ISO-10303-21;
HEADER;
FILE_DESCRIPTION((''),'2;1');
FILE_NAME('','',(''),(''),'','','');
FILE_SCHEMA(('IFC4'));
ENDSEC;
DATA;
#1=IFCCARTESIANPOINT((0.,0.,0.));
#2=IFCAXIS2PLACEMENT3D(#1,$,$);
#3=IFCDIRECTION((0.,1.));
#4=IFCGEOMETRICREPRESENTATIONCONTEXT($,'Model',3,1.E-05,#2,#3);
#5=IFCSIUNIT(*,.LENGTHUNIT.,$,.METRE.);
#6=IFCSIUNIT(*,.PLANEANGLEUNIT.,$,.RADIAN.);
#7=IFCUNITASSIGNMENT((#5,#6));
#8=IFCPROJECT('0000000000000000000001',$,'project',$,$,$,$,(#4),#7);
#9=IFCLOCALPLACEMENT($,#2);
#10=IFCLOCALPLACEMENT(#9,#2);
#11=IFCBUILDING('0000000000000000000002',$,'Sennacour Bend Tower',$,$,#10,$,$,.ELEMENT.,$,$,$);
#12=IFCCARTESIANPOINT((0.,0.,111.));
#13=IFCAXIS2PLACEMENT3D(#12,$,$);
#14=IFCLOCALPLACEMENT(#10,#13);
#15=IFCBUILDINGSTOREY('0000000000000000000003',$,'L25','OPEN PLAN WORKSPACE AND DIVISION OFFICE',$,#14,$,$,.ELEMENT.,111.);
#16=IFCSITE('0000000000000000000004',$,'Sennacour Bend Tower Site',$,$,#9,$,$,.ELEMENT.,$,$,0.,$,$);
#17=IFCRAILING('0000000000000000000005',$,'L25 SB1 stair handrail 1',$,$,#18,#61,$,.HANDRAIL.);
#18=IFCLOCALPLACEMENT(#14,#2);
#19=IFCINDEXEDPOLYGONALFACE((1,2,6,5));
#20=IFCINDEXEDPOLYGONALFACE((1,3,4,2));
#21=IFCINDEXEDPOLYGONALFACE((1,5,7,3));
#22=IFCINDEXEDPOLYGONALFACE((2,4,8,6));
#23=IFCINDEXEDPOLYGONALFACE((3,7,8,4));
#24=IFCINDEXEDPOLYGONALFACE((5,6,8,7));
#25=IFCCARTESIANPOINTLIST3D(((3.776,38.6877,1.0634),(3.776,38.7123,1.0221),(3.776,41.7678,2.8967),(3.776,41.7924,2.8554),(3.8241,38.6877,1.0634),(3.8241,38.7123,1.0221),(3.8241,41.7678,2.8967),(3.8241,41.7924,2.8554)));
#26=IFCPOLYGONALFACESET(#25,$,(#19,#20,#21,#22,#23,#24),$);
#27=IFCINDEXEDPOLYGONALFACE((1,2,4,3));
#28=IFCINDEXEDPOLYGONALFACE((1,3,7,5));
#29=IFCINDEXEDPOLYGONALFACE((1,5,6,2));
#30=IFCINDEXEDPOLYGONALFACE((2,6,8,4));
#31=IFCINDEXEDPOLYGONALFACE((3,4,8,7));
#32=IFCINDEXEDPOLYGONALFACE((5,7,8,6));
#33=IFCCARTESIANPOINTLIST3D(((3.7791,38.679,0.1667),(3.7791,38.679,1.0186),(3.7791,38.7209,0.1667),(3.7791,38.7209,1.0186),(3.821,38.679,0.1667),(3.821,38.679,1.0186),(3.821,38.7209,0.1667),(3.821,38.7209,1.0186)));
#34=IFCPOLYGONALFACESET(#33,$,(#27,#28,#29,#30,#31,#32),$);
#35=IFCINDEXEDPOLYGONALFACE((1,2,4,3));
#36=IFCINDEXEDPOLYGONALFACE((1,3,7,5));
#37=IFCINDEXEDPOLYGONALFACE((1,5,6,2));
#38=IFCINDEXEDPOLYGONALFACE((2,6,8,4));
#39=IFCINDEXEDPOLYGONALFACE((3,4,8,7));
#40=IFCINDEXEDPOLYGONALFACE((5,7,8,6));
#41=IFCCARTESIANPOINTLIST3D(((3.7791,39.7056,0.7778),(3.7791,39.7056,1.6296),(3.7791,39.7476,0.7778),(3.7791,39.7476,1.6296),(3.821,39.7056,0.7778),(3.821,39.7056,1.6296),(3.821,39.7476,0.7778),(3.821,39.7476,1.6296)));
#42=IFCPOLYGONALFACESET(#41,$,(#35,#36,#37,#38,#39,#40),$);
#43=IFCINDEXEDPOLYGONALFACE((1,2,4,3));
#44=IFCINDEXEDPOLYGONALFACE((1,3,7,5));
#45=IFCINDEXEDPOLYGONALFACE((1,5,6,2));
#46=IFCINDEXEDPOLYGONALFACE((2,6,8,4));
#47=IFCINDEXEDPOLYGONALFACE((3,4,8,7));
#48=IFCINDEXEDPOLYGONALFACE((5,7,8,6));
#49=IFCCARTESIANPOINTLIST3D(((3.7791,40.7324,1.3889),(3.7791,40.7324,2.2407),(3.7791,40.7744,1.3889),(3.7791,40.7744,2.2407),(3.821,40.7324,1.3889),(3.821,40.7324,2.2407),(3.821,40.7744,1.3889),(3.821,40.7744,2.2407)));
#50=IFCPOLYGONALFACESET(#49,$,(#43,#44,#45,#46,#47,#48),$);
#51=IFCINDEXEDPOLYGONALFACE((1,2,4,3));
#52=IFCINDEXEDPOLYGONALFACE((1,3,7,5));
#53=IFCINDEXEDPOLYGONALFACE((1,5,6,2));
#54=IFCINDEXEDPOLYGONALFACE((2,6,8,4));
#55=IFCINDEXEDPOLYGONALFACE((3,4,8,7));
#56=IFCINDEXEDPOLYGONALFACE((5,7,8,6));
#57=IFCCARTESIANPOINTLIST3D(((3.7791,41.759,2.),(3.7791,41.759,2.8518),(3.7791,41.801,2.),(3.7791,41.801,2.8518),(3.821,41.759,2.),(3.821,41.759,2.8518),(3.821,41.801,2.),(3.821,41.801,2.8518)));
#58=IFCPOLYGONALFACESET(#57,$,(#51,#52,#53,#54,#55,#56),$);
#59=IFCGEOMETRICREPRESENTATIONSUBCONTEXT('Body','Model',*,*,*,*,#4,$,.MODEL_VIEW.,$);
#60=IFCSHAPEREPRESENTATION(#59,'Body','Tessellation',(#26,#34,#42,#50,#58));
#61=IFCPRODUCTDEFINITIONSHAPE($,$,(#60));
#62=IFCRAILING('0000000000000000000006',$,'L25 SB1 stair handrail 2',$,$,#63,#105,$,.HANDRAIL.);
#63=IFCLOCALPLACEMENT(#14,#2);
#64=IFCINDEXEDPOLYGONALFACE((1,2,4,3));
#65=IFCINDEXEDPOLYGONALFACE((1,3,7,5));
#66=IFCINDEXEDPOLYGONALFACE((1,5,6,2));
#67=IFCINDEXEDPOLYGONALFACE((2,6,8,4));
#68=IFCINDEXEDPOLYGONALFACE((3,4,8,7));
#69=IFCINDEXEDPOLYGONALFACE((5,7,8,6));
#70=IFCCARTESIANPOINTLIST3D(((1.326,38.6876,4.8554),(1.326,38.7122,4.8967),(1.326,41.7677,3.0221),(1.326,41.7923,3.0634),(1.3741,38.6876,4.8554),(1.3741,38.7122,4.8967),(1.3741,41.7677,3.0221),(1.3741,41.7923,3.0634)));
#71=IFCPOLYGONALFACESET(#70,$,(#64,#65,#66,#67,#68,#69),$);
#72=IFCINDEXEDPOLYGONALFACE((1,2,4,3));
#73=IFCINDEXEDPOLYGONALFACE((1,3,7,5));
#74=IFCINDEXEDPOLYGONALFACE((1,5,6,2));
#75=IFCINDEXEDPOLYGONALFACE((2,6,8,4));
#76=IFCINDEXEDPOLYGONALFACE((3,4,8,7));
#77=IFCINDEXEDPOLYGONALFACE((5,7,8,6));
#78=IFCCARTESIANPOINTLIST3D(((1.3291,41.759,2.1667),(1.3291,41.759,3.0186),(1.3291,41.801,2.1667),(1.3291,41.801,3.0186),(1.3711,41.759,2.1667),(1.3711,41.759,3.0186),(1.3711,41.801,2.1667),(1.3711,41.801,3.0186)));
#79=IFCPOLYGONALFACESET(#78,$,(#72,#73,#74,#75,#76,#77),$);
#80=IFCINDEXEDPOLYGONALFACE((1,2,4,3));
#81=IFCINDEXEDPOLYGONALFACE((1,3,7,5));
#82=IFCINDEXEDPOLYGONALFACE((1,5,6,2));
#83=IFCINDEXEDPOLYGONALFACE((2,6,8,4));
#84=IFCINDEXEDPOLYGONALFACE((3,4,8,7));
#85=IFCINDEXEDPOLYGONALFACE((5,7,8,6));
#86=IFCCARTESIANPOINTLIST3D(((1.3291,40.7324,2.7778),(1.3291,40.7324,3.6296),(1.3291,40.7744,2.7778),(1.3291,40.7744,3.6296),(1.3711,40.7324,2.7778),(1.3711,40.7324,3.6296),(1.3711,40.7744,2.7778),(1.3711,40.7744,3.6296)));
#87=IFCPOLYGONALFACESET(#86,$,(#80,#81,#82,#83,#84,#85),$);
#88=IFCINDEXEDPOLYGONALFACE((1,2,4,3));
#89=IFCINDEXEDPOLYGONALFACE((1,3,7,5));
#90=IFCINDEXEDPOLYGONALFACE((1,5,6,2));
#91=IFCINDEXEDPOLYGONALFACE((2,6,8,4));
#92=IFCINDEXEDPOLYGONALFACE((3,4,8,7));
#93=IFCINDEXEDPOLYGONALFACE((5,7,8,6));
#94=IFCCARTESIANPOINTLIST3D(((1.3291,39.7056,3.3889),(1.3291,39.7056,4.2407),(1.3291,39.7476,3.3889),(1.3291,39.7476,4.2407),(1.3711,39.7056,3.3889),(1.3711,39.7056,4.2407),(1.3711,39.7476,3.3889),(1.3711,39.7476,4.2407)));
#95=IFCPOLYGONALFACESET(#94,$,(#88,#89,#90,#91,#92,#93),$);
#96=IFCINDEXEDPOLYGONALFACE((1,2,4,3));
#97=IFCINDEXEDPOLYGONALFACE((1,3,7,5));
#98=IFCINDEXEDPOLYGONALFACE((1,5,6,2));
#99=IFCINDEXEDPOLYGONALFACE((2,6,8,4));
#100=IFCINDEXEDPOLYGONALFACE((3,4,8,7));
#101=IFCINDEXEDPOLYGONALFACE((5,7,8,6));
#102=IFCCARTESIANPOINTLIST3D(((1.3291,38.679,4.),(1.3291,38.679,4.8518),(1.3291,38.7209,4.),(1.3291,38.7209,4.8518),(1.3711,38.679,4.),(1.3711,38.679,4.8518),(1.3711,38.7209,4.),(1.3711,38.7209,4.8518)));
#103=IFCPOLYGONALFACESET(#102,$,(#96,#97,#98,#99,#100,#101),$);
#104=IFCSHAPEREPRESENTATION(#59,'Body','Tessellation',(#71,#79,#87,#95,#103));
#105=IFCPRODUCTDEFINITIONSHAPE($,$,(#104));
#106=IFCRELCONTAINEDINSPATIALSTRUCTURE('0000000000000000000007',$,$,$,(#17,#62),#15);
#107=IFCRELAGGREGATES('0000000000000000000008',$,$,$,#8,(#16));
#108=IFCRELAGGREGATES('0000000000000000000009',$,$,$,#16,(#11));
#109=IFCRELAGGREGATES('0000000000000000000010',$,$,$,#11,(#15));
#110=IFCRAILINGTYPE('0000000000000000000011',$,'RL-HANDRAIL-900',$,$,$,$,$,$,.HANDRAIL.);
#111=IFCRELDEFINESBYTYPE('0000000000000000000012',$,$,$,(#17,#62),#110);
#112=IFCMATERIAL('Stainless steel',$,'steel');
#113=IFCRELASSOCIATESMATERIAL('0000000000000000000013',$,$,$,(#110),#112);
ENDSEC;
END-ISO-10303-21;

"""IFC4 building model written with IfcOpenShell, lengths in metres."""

from ifc_helpers import new_model, si_unit, direction, frame, origin, origin_2d, place, context, subcontext, project, spatial, rectangle, extrude, material, type_object, element, save


model = new_model("IFC4")

# Units and contexts
model_context = context("Model", 3, precision=1e-05, world=origin(), true_north=direction((0.0, 1.0)))
body_context = subcontext(model_context, "Body", "Model", "MODEL_VIEW")
ifc_project = project(units=[si_unit("LENGTHUNIT", "METRE"), si_unit("PLANEANGLEUNIT", "RADIAN")], contexts=[model_context])

# Site, building, storey
site_placement = place(None, origin())
site = spatial("IfcSite", under=ifc_project, at=site_placement, Name="Sennacour Bend Tower Site", CompositionType="ELEMENT", RefElevation=0.0)
building_placement = place(site_placement, origin())
building = spatial("IfcBuilding", under=site, at=building_placement, Name="Sennacour Bend Tower", CompositionType="ELEMENT")
storey_placement = place(building_placement, frame((0.0, 0.0, 111.0)))
storey = spatial("IfcBuildingStorey", under=building, at=storey_placement, Name="L25", Description="OPEN PLAN WORKSPACE AND DIVISION OFFICE", CompositionType="ELEMENT", Elevation=111.0)

# Shared definitions
ifc_material_1 = material(Name="Stainless steel", Category="steel")

# Railings
railing_type_1 = type_object("IfcRailingType", Name="RL-HANDRAIL-900", PredefinedType="HANDRAIL", material=ifc_material_1)
railing_1_placement = place(storey_placement, frame((3.8, 38.7, 0.1667)))
element("IfcRailing", 1, at=railing_1_placement, inside=storey, type_object=railing_type_1, Name="L25 SB1 stair handrail 1", PredefinedType="HANDRAIL", context=body_context, shape_type="SweptSolid", body=[
    extrude(rectangle(XDim=0.0481, YDim=0.0481, at=origin_2d()), frame((0.0, 0.0, 0.876), z_axis=(0.0, 0.859309, 0.511458), x_axis=(-1.0, 0.0, 0.0)), (0.0, 0.0, 1.0), 3.5845),
    extrude(rectangle(XDim=0.042, YDim=0.042, at=origin_2d()), origin(), (0.0, 0.0, 1.0), 0.8518),
    extrude(rectangle(XDim=0.042, YDim=0.042, at=origin_2d()), frame((0.0, 1.0266, 0.6111)), (0.0, 0.0, 1.0), 0.8518),
    extrude(rectangle(XDim=0.042, YDim=0.042, at=origin_2d()), frame((0.0, 2.0535, 1.2222)), (0.0, 0.0, 1.0), 0.8518),
    extrude(rectangle(XDim=0.042, YDim=0.042, at=origin_2d()), frame((0.0, 3.0801, 1.8333)), (0.0, 0.0, 1.0), 0.8518),
])
railing_2_placement = place(storey_placement, frame((1.3501, 41.78, 2.1667)))
element("IfcRailing", 2, at=railing_2_placement, inside=storey, type_object=railing_type_1, Name="L25 SB1 stair handrail 2", PredefinedType="HANDRAIL", context=body_context, shape_type="SweptSolid", body=[
    extrude(rectangle(XDim=0.0481, YDim=0.0481, at=origin_2d()), frame((0.0, 0.0, 0.876), z_axis=(0.0, -0.859309, 0.511458), x_axis=(1.0, 0.0, 0.0)), (0.0, 0.0, 1.0), 3.5845),
    extrude(rectangle(XDim=0.042, YDim=0.042, at=origin_2d()), origin(), (0.0, 0.0, 1.0), 0.8518),
    extrude(rectangle(XDim=0.042, YDim=0.042, at=origin_2d()), frame((0.0, -1.0266, 0.6111)), (0.0, 0.0, 1.0), 0.8518),
    extrude(rectangle(XDim=0.042, YDim=0.042, at=origin_2d()), frame((0.0, -2.0535, 1.2222)), (0.0, 0.0, 1.0), 0.8518),
    extrude(rectangle(XDim=0.042, YDim=0.042, at=origin_2d()), frame((0.0, -3.0801, 1.8333)), (0.0, 0.0, 1.0), 0.8518),
])

save(model, "model.ifc")
